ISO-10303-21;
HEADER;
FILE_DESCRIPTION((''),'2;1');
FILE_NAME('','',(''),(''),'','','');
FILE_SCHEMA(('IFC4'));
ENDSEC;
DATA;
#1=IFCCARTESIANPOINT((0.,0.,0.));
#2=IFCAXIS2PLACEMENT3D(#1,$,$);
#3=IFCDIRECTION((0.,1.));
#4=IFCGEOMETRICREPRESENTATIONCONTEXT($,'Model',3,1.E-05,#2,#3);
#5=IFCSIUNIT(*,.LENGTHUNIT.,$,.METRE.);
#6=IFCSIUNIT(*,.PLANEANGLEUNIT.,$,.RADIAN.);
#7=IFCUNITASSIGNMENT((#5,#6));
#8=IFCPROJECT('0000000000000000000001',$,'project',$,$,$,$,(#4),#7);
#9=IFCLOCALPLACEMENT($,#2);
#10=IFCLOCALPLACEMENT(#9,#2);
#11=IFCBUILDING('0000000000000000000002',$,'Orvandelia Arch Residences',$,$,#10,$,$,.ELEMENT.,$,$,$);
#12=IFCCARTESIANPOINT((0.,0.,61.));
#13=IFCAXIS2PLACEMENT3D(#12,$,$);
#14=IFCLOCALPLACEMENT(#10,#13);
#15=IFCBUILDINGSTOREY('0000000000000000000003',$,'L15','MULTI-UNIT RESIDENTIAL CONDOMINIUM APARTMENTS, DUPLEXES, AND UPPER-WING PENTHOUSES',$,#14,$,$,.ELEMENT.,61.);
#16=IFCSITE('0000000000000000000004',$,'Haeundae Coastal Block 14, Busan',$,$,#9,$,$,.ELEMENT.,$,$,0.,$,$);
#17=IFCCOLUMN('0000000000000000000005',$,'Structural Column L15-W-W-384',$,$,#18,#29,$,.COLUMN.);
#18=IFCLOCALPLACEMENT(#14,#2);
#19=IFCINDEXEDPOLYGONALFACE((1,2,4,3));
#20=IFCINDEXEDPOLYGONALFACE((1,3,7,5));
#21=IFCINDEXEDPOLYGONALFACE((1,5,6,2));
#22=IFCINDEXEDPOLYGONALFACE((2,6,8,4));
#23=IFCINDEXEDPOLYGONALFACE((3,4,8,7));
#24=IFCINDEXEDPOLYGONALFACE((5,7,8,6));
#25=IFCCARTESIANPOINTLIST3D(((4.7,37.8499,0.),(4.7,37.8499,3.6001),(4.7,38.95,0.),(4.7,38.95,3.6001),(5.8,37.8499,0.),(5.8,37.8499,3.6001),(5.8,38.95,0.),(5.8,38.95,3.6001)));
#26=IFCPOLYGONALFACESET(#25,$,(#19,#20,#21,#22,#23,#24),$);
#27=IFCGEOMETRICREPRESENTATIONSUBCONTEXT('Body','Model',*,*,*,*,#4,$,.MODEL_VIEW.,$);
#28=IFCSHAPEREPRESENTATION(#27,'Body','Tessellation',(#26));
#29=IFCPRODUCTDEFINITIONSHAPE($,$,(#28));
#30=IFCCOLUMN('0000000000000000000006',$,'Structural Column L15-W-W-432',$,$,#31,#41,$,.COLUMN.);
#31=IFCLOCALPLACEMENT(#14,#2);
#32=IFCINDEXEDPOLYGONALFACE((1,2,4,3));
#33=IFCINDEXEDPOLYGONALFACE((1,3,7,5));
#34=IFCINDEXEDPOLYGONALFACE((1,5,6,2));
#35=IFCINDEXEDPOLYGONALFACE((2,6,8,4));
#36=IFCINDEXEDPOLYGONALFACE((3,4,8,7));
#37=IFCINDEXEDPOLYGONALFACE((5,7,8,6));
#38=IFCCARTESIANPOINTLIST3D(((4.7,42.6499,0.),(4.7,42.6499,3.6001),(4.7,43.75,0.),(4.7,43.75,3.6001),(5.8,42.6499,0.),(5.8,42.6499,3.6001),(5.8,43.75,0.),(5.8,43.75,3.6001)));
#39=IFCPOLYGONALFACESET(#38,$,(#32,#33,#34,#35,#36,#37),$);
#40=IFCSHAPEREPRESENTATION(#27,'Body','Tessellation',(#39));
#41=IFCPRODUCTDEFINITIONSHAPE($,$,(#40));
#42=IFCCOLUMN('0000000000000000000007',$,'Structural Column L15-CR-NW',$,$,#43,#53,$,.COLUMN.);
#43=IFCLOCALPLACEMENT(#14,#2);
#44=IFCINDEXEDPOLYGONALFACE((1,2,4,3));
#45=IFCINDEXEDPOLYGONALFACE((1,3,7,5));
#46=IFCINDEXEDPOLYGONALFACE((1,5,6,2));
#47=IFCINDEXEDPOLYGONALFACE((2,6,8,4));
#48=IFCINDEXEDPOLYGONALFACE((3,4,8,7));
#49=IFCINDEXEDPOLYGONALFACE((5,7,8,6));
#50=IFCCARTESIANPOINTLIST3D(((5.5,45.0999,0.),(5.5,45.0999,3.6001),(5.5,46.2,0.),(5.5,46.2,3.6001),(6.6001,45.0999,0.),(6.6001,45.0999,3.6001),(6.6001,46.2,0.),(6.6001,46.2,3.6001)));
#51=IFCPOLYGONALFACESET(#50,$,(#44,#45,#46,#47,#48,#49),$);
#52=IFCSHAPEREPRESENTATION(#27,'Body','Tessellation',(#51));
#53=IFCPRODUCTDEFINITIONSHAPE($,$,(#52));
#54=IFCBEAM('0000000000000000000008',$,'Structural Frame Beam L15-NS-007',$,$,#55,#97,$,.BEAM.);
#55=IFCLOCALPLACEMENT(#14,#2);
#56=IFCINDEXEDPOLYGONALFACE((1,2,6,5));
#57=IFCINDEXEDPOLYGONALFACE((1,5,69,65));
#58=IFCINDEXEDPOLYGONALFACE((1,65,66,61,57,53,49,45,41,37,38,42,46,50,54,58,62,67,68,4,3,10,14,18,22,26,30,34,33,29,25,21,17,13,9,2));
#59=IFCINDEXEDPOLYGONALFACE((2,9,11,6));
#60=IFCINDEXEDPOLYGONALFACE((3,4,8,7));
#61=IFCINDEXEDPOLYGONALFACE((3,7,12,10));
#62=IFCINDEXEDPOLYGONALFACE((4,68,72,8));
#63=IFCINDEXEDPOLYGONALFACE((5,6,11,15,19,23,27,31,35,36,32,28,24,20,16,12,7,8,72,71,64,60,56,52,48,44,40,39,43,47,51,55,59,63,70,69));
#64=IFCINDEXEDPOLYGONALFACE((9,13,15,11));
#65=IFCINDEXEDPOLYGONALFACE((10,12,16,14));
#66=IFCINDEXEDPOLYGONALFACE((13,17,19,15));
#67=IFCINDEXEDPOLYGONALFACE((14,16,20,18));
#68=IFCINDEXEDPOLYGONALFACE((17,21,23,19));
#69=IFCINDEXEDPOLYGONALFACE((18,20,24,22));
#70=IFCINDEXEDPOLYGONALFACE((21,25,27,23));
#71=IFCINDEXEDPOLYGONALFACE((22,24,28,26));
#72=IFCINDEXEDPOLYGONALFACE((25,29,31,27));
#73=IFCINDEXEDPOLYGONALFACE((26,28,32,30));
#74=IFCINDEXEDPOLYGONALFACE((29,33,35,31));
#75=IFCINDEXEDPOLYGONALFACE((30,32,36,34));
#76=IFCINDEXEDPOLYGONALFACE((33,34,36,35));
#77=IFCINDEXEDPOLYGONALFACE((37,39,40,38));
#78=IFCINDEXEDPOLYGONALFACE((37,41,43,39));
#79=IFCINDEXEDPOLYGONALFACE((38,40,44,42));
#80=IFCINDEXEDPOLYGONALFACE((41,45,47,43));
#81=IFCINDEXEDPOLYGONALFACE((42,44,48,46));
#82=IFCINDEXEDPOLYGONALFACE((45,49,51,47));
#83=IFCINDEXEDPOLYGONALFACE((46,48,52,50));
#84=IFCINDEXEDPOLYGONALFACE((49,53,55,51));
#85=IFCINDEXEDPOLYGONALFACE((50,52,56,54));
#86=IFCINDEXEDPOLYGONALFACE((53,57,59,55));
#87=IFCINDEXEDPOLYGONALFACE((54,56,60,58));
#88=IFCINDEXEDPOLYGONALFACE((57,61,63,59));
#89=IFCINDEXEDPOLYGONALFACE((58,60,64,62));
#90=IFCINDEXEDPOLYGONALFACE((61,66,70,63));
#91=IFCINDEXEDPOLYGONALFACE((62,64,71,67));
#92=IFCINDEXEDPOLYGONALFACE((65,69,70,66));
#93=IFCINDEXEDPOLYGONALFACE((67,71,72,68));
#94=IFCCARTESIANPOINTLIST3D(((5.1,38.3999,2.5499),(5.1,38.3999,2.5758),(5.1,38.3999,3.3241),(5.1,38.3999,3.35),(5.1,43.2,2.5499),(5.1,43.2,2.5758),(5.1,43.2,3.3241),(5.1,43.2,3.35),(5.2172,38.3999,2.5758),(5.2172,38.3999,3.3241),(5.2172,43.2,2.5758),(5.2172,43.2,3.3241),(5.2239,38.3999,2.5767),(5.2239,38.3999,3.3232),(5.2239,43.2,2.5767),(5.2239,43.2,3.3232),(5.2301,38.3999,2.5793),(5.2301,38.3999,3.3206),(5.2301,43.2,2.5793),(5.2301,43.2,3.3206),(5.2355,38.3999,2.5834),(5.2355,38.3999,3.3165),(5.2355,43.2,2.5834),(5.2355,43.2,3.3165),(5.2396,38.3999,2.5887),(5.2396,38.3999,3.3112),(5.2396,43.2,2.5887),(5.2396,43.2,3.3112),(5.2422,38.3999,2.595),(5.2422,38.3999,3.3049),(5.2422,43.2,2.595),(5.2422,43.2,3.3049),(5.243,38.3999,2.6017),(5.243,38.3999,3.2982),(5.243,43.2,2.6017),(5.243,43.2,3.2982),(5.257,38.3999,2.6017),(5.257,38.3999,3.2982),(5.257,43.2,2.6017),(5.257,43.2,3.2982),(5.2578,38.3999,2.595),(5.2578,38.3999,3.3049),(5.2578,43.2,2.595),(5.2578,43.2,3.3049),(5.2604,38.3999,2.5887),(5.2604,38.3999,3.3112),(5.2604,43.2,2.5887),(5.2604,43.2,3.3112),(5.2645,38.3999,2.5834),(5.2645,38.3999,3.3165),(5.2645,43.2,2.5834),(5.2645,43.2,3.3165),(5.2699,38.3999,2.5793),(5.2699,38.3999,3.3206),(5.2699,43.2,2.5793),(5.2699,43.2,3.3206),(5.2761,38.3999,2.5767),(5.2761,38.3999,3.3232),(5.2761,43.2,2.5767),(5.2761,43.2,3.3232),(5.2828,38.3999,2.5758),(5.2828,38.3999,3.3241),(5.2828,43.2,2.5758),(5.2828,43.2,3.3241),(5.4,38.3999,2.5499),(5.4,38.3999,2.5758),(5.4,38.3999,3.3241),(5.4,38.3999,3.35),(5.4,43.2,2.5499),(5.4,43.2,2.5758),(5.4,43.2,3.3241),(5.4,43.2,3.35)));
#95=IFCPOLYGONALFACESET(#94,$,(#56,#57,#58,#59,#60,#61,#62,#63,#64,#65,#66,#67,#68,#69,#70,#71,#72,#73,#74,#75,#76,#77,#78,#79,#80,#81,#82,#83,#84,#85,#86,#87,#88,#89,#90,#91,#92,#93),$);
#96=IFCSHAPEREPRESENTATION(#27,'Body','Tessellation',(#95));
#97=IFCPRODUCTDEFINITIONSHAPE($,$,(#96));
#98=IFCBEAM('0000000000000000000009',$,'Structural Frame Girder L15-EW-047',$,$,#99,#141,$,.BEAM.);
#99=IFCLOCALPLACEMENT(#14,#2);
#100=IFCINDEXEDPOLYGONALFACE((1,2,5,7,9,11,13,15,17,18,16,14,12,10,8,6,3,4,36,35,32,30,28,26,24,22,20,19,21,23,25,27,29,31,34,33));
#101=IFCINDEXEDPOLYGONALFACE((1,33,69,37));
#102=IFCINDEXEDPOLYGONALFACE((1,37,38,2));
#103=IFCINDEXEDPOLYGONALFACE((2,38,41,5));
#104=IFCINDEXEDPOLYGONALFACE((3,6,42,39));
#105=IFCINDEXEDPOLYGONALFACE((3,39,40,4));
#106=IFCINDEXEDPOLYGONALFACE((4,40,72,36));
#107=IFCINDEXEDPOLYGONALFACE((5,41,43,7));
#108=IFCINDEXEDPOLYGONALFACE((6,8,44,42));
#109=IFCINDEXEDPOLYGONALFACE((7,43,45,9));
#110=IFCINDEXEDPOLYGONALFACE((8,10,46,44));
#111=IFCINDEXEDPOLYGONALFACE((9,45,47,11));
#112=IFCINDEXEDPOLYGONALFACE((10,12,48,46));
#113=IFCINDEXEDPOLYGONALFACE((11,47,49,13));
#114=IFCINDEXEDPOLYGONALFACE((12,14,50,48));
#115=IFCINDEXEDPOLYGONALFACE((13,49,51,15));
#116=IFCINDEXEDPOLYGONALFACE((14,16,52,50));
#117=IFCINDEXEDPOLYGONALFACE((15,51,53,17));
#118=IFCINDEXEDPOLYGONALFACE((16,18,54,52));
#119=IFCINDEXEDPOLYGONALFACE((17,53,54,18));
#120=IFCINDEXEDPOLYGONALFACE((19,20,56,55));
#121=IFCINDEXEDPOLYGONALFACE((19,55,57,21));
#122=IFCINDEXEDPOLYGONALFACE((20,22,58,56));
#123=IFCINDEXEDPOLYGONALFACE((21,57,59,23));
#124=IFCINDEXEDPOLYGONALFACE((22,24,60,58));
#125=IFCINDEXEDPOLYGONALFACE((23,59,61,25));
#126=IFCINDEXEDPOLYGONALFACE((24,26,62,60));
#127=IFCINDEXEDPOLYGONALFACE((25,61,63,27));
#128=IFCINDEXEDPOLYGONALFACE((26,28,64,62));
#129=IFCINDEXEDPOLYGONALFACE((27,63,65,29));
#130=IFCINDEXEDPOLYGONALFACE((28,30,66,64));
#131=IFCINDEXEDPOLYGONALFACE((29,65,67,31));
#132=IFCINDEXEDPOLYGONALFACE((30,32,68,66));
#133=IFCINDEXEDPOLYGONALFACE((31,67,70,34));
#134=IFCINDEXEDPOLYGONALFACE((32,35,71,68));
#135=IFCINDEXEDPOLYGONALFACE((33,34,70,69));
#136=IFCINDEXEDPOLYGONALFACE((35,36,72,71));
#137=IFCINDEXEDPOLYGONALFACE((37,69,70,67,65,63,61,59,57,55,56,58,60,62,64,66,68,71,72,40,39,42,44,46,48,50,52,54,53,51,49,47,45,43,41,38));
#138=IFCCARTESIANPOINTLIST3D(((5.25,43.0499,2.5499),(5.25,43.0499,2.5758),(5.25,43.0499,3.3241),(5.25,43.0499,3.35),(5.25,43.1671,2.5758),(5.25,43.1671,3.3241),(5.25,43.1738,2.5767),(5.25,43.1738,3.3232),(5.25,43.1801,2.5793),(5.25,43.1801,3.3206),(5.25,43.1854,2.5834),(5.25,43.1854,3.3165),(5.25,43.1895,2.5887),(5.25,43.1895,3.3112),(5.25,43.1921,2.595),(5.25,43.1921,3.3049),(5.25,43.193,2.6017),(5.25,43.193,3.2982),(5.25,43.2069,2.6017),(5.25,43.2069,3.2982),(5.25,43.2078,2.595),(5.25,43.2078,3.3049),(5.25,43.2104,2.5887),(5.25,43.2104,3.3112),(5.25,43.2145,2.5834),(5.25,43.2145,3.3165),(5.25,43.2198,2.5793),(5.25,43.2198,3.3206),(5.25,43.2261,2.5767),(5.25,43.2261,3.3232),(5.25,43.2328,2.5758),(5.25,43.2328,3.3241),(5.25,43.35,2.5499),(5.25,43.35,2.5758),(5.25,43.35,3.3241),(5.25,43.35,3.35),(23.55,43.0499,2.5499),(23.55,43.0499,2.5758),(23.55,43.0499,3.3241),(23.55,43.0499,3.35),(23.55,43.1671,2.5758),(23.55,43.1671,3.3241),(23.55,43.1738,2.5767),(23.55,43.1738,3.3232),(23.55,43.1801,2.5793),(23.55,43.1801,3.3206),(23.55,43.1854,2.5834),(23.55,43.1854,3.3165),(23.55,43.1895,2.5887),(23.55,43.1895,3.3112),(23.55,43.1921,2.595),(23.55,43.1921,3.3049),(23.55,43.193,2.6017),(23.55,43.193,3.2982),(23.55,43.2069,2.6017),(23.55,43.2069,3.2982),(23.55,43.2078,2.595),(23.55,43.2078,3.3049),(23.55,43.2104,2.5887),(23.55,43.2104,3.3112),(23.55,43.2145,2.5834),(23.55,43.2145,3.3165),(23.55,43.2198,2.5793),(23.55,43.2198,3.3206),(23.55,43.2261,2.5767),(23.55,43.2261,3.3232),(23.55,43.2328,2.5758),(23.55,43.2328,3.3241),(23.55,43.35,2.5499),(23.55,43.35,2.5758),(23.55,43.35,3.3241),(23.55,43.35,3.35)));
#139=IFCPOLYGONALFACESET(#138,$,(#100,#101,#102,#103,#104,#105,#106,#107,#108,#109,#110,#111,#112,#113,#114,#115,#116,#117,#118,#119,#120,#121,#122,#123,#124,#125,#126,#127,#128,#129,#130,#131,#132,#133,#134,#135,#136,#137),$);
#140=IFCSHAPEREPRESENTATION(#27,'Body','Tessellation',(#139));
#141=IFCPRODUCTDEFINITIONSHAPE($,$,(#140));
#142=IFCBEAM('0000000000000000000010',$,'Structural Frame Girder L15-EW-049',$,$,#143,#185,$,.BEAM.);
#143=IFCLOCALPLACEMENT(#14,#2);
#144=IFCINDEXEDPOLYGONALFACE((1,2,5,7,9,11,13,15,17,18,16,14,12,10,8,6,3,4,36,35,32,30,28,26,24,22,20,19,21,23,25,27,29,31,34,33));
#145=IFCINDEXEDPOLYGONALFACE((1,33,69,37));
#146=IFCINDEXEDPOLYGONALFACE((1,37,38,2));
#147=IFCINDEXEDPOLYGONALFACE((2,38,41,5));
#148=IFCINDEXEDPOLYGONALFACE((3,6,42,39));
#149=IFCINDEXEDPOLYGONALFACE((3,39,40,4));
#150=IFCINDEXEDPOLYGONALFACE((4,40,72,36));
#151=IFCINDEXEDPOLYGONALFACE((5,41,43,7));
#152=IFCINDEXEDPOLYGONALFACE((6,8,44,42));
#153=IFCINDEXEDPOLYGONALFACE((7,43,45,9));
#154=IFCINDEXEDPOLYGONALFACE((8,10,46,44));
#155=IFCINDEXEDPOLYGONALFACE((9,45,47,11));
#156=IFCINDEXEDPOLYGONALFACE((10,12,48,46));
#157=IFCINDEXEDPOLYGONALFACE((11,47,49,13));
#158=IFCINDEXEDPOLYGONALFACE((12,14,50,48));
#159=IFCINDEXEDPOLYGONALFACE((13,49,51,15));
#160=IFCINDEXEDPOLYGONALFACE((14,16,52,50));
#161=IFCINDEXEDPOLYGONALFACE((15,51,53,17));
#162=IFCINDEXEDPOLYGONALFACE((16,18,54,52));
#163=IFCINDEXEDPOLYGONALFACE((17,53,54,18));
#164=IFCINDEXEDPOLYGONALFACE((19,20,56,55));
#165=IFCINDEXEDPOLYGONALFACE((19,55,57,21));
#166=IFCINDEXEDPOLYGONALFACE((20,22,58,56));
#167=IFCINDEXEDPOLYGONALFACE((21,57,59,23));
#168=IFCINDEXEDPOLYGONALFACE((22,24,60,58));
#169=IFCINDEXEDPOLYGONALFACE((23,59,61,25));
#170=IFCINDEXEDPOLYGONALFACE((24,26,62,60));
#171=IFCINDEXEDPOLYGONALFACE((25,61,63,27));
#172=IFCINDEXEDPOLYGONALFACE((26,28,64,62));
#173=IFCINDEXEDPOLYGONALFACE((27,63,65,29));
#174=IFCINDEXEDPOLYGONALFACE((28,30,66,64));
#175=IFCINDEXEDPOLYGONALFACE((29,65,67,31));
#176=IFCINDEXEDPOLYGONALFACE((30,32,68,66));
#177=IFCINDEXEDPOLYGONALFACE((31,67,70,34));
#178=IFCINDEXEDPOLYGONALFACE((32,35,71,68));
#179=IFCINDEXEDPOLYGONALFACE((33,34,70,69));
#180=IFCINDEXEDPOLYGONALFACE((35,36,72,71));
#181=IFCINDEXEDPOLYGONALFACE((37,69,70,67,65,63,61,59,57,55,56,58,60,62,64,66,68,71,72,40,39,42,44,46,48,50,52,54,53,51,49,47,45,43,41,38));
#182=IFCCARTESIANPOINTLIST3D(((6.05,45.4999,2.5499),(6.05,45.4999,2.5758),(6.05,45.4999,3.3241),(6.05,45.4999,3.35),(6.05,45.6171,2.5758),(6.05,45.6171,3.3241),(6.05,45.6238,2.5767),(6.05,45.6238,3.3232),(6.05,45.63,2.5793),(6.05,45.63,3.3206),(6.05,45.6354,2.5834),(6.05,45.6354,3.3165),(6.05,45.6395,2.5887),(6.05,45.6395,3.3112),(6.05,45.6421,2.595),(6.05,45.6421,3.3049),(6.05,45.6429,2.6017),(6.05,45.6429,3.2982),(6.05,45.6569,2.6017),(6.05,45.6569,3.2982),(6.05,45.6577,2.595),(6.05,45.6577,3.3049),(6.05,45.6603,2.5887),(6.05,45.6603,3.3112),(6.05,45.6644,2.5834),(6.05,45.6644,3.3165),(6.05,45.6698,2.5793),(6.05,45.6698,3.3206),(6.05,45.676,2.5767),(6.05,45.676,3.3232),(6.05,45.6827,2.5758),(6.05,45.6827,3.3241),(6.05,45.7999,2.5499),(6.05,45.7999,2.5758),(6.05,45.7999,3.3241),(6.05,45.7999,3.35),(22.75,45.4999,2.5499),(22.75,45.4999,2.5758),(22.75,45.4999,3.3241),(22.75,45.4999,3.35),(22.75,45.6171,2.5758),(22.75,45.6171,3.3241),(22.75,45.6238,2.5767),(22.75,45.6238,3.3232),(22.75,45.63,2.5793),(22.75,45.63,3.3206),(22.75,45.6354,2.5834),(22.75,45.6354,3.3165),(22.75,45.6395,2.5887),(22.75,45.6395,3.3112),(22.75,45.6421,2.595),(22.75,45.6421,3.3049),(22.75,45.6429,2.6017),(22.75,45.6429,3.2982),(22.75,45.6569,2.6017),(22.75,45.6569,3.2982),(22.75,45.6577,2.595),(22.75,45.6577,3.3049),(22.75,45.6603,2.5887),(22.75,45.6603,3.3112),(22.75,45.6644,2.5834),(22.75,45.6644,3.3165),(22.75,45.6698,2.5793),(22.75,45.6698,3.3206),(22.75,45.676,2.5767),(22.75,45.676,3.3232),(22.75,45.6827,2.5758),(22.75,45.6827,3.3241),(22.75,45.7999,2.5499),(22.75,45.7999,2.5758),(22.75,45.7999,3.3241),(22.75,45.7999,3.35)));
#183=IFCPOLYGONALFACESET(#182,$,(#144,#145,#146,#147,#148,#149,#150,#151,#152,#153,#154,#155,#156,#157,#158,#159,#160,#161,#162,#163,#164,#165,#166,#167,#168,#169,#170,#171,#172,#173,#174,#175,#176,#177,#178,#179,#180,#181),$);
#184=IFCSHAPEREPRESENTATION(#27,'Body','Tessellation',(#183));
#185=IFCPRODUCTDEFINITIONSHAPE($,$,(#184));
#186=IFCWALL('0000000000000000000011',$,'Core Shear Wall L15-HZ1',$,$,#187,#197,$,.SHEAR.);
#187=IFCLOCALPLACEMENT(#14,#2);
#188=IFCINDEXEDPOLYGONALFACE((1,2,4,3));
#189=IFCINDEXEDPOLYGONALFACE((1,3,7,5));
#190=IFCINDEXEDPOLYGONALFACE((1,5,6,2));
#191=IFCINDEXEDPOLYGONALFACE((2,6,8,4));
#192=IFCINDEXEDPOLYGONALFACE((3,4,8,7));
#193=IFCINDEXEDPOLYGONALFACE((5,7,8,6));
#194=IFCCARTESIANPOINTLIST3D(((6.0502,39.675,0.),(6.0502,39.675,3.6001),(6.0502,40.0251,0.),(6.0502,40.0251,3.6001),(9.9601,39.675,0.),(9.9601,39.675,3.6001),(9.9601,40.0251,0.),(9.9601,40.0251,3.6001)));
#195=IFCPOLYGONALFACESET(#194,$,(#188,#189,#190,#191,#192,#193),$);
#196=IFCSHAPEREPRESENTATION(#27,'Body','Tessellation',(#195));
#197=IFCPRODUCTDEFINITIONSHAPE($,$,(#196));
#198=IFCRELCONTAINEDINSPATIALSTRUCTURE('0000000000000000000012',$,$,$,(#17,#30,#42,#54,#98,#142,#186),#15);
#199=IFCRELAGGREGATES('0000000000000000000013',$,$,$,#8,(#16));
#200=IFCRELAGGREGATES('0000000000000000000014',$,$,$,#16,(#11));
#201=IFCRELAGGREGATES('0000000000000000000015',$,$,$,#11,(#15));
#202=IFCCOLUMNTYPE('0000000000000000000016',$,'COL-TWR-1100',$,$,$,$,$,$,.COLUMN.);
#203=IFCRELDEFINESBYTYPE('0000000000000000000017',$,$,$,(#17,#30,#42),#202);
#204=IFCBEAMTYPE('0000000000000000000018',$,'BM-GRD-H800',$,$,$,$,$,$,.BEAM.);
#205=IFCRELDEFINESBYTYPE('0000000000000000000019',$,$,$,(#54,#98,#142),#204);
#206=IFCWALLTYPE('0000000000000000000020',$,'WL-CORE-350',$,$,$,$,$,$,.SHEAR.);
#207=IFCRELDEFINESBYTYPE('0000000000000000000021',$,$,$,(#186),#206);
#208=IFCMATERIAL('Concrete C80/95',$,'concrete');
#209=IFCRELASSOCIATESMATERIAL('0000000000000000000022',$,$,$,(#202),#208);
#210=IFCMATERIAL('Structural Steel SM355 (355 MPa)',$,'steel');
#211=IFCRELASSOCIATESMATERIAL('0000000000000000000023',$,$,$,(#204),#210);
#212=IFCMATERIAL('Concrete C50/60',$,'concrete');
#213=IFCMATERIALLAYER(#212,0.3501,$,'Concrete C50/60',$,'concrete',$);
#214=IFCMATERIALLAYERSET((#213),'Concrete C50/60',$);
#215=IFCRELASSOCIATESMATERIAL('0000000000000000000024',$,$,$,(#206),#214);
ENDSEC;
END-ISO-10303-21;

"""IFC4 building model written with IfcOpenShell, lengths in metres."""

from ifc_helpers import new_model, si_unit, direction, frame, frame_2d, origin, origin_2d, place, context, subcontext, project, spatial, rectangle, i_section, extrude, material, layer, layer_set, material_profile, profile_set, type_object, element, save


model = new_model("IFC4")

# Units and contexts
model_context = context("Model", 3, precision=1e-05, world=origin(), true_north=direction((0.0, 1.0)))
body_context = subcontext(model_context, "Body", "Model", "MODEL_VIEW")
ifc_project = project(units=[si_unit("LENGTHUNIT", "METRE"), si_unit("PLANEANGLEUNIT", "RADIAN")], contexts=[model_context])

# Site, building, storey
site_placement = place(None, origin())
site = spatial("IfcSite", under=ifc_project, at=site_placement, Name="Haeundae Coastal Block 14, Busan", CompositionType="ELEMENT", RefElevation=0.0)
building_placement = place(site_placement, origin())
building = spatial("IfcBuilding", under=site, at=building_placement, Name="Orvandelia Arch Residences", CompositionType="ELEMENT")
storey_placement = place(building_placement, frame((0.0, 0.0, 61.0)))
storey = spatial("IfcBuildingStorey", under=building, at=storey_placement, Name="L15", Description="MULTI-UNIT RESIDENTIAL CONDOMINIUM APARTMENTS, DUPLEXES, AND UPPER-WING PENTHOUSES", CompositionType="ELEMENT", Elevation=61.0)

# Columns
ifc_material_1 = material(Name="Concrete C80/95", Category="concrete")
ifc_material_profile_1 = material_profile(ifc_material_1, rectangle(XDim=1.1001, YDim=1.1001, at=origin_2d()), Name="Concrete C80/95", Category="concrete")
ifc_profile_set_1 = profile_set([ifc_material_profile_1], Name="Concrete C80/95")
column_type = type_object("IfcColumnType", Name="COL-TWR-1100", PredefinedType="COLUMN", material=ifc_profile_set_1)
for number, where, z_axis, x_axis, name in (
    (1, (5.25, 38.3999, 0.0), (0.0, 0.0, 1.0), (1.0, 0.0, 0.0), "Structural Column L15-W-W-384"),
    (2, (5.25, 43.2, 0.0), (0.0, 0.0, 1.0), (1.0, 0.0, 0.0), "Structural Column L15-W-W-432"),
    (3, (6.05, 45.6499, 0.0), (0.0, 0.0, 1.0), (1.0, 0.0, 0.0), "Structural Column L15-CR-NW"),
):
    element("IfcColumn", number, at=place(storey_placement, frame(where, z_axis=z_axis, x_axis=x_axis)), inside=storey, type_object=column_type, Name=name, PredefinedType="COLUMN", context=body_context, shape_type="SweptSolid", body=[
        extrude(rectangle(XDim=1.1001, YDim=1.1001, at=origin_2d()), origin(), (0.0, 0.0, 1.0), 3.6001),
    ])

# Beams
ifc_material_2 = material(Name="Structural Steel SM355 (355 MPa)", Category="steel")
ifc_material_profile_2 = material_profile(ifc_material_2, i_section(OverallWidth=0.3, OverallDepth=0.8, WebThickness=0.0139, FlangeThickness=0.0259, FilletRadius=0.0259, at=origin_2d()), Name="Structural Steel SM355 (355 MPa)", Category="steel")
ifc_profile_set_2 = profile_set([ifc_material_profile_2], Name="Structural Steel SM355 (355 MPa)")
beam_type = type_object("IfcBeamType", Name="BM-GRD-H800", PredefinedType="BEAM", material=ifc_profile_set_2)
beam_1_placement = place(storey_placement, frame((5.25, 38.3999, 2.95), z_axis=(0.0, 1.0, 0.0), x_axis=(-1.0, 0.0, 0.0)))
element("IfcBeam", 4, at=beam_1_placement, inside=storey, type_object=beam_type, Name="Structural Frame Beam L15-NS-007", PredefinedType="BEAM", context=body_context, shape_type="SweptSolid", body=[
    extrude(i_section(OverallWidth=0.3, OverallDepth=0.8, WebThickness=0.0139, FlangeThickness=0.0259, FilletRadius=0.0259, at=origin_2d()), origin(), (0.0, 0.0, 1.0), 4.8),
])
beam_2_placement = place(storey_placement, frame((5.25, 43.2, 2.95), z_axis=(1.0, 0.0, 0.0), x_axis=(0.0, 1.0, 0.0)))
element("IfcBeam", 5, at=beam_2_placement, inside=storey, type_object=beam_type, Name="Structural Frame Girder L15-EW-047", PredefinedType="BEAM", context=body_context, shape_type="SweptSolid", body=[
    extrude(i_section(OverallWidth=0.3, OverallDepth=0.8, WebThickness=0.0139, FlangeThickness=0.0259, FilletRadius=0.0259, at=origin_2d()), origin(), (0.0, 0.0, 1.0), 18.3),
])
beam_3_placement = place(storey_placement, frame((6.05, 45.6499, 2.95), z_axis=(1.0, 0.0, 0.0), x_axis=(0.0, 1.0, 0.0)))
element("IfcBeam", 6, at=beam_3_placement, inside=storey, type_object=beam_type, Name="Structural Frame Girder L15-EW-049", PredefinedType="BEAM", context=body_context, shape_type="SweptSolid", body=[
    extrude(i_section(OverallWidth=0.3, OverallDepth=0.8, WebThickness=0.0139, FlangeThickness=0.0259, FilletRadius=0.0259, at=origin_2d()), origin(), (0.0, 0.0, 1.0), 16.7),
])

# Wall
ifc_material_3 = material(Name="Concrete C50/60", Category="concrete")
ifc_layer_1 = layer(ifc_material_3, 0.3501, Name="Concrete C50/60", Category="concrete")
ifc_layer_set_1 = layer_set([ifc_layer_1], Name="Concrete C50/60")
wall_type_1 = type_object("IfcWallType", Name="WL-CORE-350", PredefinedType="SHEAR", material=ifc_layer_set_1)
wall_1_placement = place(storey_placement, frame((6.05, 39.8501, 0.0), z_axis=(0.0, 0.0, 1.0), x_axis=(1.0, 0.0, 0.0)))
element("IfcWall", 7, at=wall_1_placement, inside=storey, type_object=wall_type_1, Name="Core Shear Wall L15-HZ1", PredefinedType="SHEAR", context=body_context, shape_type="SweptSolid", body=[
    extrude(rectangle(XDim=3.9099, YDim=0.3501, at=frame_2d((1.9551, 0.0))), origin(), (0.0, 0.0, 1.0), 3.6001),
])

save(model, "model.ifc")
